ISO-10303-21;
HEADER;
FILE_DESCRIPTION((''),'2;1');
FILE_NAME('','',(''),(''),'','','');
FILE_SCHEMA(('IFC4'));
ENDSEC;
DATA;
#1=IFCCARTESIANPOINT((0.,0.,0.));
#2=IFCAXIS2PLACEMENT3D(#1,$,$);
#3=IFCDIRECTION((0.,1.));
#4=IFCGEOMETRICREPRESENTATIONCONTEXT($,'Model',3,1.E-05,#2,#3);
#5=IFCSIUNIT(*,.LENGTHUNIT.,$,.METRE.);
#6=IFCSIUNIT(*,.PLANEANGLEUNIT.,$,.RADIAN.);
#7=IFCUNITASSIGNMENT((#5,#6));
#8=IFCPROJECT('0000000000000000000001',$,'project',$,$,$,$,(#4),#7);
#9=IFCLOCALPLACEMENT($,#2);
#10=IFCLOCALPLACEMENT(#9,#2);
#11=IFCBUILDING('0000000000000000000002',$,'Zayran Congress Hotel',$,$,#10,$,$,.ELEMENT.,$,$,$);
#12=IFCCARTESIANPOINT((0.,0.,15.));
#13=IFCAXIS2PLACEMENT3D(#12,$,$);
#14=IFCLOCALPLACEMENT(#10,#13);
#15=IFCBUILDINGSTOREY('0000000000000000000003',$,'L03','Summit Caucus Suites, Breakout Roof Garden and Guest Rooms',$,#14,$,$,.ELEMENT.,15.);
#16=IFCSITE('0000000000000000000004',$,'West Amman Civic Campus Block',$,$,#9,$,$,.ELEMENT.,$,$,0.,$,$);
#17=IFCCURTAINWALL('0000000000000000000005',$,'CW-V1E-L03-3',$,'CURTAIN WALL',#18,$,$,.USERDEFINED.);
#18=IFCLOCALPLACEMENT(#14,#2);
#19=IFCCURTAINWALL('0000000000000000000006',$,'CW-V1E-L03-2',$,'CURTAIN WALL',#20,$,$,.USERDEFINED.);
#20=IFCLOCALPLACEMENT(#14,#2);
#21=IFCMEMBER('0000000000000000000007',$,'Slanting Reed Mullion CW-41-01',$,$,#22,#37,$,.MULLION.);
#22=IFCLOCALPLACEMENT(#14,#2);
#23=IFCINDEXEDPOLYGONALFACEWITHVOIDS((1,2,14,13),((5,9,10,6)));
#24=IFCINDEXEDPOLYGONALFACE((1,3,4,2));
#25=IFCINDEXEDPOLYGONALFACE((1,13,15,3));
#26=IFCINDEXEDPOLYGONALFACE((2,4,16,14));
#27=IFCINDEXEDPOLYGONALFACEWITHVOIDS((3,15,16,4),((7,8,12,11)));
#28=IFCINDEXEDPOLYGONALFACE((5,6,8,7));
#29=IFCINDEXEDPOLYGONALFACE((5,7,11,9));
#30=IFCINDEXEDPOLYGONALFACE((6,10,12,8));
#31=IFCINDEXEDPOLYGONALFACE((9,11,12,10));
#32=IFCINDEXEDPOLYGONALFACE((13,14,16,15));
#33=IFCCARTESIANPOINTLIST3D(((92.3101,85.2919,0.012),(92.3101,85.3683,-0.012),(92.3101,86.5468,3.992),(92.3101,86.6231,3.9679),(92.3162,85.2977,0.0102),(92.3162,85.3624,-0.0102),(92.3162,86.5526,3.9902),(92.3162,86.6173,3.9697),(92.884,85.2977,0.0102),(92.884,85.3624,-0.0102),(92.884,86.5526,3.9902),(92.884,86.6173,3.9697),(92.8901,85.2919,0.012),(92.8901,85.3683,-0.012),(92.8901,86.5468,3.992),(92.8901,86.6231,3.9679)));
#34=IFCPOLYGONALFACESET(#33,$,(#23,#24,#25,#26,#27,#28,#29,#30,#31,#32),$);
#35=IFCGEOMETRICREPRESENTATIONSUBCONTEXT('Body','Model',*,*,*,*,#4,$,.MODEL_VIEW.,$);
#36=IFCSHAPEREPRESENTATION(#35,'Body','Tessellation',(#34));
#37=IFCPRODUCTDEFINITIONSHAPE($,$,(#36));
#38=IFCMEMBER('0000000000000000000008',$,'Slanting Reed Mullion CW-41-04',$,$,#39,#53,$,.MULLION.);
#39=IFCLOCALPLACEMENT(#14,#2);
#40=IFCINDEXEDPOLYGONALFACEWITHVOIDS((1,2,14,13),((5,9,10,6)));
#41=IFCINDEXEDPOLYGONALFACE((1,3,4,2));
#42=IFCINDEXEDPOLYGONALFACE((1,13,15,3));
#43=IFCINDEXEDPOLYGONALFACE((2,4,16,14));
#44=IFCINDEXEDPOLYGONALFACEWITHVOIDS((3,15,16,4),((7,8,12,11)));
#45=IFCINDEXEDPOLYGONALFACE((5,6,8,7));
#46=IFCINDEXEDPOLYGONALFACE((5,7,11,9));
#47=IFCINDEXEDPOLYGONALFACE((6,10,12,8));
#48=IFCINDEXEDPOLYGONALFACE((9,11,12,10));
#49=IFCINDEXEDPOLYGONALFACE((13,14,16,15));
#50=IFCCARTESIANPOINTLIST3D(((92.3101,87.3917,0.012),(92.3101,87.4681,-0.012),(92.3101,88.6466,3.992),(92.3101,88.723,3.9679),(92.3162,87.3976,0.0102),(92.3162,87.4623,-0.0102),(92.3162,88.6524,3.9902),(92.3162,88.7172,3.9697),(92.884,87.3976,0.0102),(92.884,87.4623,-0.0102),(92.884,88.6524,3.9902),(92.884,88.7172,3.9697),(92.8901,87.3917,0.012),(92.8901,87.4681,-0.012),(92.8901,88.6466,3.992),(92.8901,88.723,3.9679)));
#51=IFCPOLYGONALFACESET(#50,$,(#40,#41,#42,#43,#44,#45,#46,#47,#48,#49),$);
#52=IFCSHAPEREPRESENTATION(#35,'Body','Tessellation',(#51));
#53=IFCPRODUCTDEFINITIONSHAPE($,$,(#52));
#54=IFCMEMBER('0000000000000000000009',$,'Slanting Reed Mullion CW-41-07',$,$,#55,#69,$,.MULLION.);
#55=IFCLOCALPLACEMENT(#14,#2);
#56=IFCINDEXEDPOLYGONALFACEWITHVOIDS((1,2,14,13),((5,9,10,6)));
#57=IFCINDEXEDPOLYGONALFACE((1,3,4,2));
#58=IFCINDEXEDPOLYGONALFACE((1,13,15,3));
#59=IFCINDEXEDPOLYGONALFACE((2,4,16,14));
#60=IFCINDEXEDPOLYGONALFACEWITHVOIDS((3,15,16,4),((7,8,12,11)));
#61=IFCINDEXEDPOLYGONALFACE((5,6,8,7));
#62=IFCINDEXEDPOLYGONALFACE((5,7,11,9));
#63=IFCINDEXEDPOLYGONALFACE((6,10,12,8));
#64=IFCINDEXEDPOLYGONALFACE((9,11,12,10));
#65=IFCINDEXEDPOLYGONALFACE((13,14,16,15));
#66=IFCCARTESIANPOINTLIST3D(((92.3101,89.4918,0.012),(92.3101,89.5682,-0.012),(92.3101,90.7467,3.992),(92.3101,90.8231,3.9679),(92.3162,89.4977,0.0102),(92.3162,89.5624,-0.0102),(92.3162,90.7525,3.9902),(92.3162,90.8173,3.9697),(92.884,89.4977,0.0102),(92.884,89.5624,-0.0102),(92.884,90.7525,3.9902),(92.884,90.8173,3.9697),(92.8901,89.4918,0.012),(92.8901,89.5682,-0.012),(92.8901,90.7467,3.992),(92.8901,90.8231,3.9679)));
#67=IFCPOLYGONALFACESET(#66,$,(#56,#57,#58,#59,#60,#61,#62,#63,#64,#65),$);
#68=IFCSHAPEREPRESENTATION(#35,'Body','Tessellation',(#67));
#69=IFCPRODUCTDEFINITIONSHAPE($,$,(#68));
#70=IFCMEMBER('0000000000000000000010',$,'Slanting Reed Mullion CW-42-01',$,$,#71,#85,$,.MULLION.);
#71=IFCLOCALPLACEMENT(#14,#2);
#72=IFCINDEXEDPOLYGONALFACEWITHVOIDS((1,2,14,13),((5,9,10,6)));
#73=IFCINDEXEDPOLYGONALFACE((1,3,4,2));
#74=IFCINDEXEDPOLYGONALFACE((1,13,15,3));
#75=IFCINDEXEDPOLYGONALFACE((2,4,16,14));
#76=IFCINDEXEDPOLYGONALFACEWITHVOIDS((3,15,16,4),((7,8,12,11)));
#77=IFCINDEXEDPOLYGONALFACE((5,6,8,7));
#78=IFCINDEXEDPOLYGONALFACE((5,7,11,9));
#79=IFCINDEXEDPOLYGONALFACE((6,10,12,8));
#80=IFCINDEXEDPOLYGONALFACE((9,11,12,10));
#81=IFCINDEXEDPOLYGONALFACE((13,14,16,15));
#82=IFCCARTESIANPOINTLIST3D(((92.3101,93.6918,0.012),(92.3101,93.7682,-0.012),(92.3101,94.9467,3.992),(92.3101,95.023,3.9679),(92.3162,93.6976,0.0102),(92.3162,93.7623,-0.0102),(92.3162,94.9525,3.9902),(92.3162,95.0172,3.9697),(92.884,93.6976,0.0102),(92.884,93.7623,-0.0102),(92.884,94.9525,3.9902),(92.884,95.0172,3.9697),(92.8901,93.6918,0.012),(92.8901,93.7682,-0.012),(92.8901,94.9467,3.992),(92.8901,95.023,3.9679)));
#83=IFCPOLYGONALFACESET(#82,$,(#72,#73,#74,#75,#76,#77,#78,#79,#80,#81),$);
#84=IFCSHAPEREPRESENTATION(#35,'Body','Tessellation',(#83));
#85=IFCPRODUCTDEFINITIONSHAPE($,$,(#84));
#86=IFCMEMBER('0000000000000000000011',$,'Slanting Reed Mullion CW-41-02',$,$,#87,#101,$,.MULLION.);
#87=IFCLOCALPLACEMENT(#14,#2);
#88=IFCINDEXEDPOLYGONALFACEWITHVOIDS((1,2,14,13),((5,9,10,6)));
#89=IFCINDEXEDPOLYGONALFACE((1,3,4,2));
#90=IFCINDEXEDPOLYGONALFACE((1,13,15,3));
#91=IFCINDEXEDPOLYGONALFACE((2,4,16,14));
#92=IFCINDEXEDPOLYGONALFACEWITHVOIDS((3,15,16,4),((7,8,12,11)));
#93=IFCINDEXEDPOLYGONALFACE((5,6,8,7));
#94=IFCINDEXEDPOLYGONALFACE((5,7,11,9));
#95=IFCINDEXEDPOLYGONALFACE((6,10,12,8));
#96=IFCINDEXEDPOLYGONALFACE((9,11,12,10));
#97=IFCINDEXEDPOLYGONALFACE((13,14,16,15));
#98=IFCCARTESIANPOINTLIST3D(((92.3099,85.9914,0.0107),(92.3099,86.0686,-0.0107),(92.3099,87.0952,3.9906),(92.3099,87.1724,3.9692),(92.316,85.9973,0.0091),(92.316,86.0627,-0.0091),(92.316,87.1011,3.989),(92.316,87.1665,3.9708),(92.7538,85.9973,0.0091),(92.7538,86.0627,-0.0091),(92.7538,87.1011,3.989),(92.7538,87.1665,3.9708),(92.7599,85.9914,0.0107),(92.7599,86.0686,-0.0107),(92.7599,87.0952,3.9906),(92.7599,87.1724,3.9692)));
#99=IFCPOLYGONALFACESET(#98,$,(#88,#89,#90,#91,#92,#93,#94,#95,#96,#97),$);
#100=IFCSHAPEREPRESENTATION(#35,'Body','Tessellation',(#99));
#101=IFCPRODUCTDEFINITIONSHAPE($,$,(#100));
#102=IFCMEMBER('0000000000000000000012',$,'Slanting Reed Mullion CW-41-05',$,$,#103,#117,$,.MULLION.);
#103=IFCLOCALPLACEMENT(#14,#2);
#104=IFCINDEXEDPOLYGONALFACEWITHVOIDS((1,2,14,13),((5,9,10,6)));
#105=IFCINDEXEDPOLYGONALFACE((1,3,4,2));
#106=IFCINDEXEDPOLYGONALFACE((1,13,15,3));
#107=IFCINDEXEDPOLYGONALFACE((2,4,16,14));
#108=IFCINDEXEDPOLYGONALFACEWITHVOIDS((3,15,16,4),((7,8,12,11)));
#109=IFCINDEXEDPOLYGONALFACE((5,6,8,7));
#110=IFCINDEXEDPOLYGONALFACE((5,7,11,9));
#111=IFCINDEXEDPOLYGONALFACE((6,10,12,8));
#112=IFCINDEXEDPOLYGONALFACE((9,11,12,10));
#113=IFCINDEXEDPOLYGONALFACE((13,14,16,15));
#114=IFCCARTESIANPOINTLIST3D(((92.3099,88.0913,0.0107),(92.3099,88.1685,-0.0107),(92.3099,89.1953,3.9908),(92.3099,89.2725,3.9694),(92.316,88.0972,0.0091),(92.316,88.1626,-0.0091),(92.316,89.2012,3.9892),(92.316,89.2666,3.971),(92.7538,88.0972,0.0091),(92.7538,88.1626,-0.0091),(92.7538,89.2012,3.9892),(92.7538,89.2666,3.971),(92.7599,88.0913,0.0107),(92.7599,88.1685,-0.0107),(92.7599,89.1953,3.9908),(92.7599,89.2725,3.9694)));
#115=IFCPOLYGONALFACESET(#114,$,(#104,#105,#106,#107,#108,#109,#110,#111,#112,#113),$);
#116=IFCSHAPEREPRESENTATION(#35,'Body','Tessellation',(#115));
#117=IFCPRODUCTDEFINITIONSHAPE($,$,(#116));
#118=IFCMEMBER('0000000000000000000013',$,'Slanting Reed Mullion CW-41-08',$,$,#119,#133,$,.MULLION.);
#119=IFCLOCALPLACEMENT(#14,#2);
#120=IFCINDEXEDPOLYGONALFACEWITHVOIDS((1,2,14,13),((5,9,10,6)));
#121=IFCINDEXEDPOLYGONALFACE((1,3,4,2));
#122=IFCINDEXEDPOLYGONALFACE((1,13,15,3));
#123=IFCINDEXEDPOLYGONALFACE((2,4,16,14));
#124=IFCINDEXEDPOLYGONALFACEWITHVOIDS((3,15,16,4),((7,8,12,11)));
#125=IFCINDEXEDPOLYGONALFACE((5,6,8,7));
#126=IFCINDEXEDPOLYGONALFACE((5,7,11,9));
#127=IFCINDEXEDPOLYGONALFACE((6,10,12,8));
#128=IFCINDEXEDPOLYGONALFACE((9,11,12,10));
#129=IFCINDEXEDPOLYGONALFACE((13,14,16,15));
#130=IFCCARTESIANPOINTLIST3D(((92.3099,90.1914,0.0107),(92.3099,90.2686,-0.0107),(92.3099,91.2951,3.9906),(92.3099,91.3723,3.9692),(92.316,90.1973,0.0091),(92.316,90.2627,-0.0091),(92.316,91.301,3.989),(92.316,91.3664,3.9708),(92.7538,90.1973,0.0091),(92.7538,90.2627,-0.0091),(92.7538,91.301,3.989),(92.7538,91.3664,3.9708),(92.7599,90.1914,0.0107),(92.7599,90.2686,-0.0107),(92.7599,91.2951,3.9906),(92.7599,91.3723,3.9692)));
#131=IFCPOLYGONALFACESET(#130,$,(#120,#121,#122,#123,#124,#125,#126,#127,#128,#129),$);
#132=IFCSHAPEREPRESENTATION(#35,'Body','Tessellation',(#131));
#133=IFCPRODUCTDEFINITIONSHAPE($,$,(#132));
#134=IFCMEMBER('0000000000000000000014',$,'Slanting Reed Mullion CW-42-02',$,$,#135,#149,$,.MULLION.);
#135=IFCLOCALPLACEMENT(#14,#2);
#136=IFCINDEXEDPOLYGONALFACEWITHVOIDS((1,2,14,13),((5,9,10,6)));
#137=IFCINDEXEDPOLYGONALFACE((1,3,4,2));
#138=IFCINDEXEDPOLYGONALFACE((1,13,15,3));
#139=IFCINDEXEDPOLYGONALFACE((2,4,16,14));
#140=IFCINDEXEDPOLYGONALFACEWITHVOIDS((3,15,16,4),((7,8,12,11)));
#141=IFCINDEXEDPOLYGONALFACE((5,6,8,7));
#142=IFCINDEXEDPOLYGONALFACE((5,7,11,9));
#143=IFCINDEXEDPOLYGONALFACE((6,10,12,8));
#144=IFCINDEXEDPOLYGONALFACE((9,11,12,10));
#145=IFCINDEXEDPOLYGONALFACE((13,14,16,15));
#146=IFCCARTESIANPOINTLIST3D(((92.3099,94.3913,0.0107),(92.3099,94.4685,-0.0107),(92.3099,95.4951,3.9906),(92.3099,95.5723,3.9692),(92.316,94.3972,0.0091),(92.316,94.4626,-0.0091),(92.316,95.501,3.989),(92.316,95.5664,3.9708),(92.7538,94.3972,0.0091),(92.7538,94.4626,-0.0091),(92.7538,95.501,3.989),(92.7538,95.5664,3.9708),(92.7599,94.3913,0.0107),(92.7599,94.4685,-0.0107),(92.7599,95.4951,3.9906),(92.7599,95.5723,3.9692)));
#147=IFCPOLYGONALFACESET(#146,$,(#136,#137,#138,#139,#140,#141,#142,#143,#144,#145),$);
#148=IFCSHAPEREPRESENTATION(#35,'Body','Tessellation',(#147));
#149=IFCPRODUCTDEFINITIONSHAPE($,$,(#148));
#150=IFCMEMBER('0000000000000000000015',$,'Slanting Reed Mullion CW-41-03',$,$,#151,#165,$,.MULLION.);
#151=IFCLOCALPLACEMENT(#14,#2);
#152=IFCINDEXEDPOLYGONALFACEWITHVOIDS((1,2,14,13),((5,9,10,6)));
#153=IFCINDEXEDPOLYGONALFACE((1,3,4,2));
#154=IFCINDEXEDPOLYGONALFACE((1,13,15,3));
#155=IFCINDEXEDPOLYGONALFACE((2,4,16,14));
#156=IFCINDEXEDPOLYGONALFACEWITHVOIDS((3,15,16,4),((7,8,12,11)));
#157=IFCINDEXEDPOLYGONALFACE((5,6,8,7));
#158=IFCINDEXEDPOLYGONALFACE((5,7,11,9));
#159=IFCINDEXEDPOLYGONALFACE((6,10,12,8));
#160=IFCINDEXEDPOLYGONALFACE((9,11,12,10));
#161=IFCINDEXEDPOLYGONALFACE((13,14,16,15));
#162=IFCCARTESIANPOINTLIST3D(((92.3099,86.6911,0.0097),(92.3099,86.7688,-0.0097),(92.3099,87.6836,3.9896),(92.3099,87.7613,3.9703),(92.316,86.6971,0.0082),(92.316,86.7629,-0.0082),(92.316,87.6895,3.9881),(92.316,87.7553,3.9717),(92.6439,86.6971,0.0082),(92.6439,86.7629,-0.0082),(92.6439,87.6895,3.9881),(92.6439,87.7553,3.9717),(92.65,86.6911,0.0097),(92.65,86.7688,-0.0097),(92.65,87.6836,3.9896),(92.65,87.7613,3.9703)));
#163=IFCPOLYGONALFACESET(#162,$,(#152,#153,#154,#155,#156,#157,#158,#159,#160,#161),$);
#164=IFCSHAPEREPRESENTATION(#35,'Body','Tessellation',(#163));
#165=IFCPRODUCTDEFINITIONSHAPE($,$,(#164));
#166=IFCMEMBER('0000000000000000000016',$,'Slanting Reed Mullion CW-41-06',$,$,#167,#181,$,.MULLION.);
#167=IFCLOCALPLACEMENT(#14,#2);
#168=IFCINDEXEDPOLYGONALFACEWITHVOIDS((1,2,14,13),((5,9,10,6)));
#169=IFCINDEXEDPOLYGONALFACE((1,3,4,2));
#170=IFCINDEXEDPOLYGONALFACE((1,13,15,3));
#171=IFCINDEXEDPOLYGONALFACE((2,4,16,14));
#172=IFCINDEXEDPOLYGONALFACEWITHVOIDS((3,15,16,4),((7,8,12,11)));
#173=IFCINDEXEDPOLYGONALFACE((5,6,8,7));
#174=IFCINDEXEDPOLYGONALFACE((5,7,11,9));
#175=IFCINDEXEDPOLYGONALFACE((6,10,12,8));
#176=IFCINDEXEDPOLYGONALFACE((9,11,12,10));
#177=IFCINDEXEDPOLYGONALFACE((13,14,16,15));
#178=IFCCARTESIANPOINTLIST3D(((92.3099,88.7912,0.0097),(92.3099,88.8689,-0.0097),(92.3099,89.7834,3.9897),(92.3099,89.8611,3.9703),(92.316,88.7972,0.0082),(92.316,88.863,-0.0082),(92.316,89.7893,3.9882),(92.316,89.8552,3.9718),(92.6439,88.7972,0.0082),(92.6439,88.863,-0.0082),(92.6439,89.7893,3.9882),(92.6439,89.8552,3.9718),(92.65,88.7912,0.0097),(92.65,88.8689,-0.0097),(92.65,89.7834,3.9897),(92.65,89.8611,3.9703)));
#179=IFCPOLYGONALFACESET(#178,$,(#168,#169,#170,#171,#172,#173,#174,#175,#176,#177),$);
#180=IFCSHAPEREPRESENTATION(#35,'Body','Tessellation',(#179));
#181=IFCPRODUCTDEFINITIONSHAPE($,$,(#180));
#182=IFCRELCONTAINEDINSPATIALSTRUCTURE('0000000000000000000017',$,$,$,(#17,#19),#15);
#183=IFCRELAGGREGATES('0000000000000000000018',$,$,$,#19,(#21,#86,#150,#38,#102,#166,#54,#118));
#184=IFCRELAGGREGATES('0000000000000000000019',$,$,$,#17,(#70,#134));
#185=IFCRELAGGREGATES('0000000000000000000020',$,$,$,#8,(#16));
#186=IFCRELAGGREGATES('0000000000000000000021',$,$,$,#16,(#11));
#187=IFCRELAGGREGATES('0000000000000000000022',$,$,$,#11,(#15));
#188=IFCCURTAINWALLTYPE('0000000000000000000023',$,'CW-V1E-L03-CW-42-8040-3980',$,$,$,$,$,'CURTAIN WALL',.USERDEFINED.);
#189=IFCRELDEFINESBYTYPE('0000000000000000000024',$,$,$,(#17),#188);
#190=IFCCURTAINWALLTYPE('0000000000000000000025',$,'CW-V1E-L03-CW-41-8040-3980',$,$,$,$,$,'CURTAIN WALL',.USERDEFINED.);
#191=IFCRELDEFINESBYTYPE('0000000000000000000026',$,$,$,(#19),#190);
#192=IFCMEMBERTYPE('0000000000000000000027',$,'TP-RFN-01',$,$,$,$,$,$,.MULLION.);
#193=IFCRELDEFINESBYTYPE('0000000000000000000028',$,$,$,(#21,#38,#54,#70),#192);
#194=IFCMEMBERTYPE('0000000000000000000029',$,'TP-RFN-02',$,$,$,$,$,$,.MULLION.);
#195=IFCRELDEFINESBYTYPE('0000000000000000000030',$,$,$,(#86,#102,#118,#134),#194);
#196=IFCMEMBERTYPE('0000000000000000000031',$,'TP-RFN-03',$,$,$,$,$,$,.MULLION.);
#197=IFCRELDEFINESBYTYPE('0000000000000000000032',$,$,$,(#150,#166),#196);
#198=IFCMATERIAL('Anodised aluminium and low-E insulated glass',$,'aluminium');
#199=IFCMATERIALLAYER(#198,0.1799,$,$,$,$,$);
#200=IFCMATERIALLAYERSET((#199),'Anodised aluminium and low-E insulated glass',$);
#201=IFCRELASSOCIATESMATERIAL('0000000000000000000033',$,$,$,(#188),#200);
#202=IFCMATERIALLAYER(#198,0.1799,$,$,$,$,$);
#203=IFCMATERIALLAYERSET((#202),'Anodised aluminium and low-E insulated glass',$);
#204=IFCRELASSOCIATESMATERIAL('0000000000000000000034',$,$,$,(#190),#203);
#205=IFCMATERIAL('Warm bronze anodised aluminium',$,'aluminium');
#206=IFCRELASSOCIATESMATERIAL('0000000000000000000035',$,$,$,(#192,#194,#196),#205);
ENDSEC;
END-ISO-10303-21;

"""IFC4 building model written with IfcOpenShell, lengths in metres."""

from ifc_helpers import new_model, si_unit, direction, frame, origin, origin_2d, place, context, subcontext, project, spatial, hollow_rectangle, extrude, material, layer, layer_set, material_profile, profile_set, type_object, element, aggregate, save


model = new_model("IFC4")

# Units and contexts
model_context = context("Model", 3, precision=1e-05, world=origin(), true_north=direction((0.0, 1.0)))
body_context = subcontext(model_context, "Body", "Model", "MODEL_VIEW")
ifc_project = project(units=[si_unit("LENGTHUNIT", "METRE"), si_unit("PLANEANGLEUNIT", "RADIAN")], contexts=[model_context])

# Site, building, storey
site_placement = place(None, origin())
site = spatial("IfcSite", under=ifc_project, at=site_placement, Name="West Amman Civic Campus Block", CompositionType="ELEMENT", RefElevation=0.0)
building_placement = place(site_placement, origin())
building = spatial("IfcBuilding", under=site, at=building_placement, Name="Zayran Congress Hotel", CompositionType="ELEMENT")
storey_placement = place(building_placement, frame((0.0, 0.0, 15.0)))
storey = spatial("IfcBuildingStorey", under=building, at=storey_placement, Name="L03", Description="Summit Caucus Suites, Breakout Roof Garden and Guest Rooms", CompositionType="ELEMENT", Elevation=15.0)

# Shared definitions
ifc_material_1 = material(Name="Anodised aluminium and low-E insulated glass", Category="aluminium")

# Curtain wall
ifc_layer_1 = layer(ifc_material_1, 0.1799)
ifc_layer_set_1 = layer_set([ifc_layer_1], Name="Anodised aluminium and low-E insulated glass")
curtain_wall_type_1 = type_object("IfcCurtainWallType", Name="CW-V1E-L03-CW-42-8040-3980", ElementType="CURTAIN WALL", PredefinedType="USERDEFINED", material=ifc_layer_set_1)
curtain_wall_1_placement = place(storey_placement, origin())
curtain_wall_1 = element("IfcCurtainWall", 1, at=curtain_wall_1_placement, inside=storey, type_object=curtain_wall_type_1, Name="CW-V1E-L03-3", ObjectType="CURTAIN WALL", PredefinedType="USERDEFINED")

# Curtain wall, members
ifc_layer_2 = layer(ifc_material_1, 0.1799)
ifc_layer_set_2 = layer_set([ifc_layer_2], Name="Anodised aluminium and low-E insulated glass")
curtain_wall_type_2 = type_object("IfcCurtainWallType", Name="CW-V1E-L03-CW-41-8040-3980", ElementType="CURTAIN WALL", PredefinedType="USERDEFINED", material=ifc_layer_set_2)
curtain_wall_2_placement = place(storey_placement, origin())
curtain_wall_2 = element("IfcCurtainWall", 2, at=curtain_wall_2_placement, inside=storey, type_object=curtain_wall_type_2, Name="CW-V1E-L03-2", ObjectType="CURTAIN WALL", PredefinedType="USERDEFINED")
ifc_material_2 = material(Name="Warm bronze anodised aluminium", Category="aluminium")
ifc_material_profile_1 = material_profile(ifc_material_2, hollow_rectangle(XDim=0.0801, YDim=0.5801, WallThickness=0.0061, at=origin_2d()), Name="RHS 580x80x6")
ifc_profile_set_1 = profile_set([ifc_material_profile_1], Name="Warm bronze anodised aluminium")
member_type_1 = type_object("IfcMemberType", Name="TP-RFN-01", PredefinedType="MULLION", material=ifc_profile_set_1)
member_1_placement = place(storey_placement, frame((92.6001, 85.3301, 0.0), z_axis=(0.0, 0.300706, 0.953717), x_axis=(0.0, -0.953717, 0.300706)))
member_1 = element("IfcMember", 3, at=member_1_placement, type_object=member_type_1, Name="Slanting Reed Mullion CW-41-01", PredefinedType="MULLION", context=body_context, shape_type="SweptSolid", body=[
    extrude(hollow_rectangle(XDim=0.0801, YDim=0.5801, WallThickness=0.0061, at=origin_2d()), origin(), (0.0, 0.0, 1.0), 4.1731),
])
member_2_placement = place(storey_placement, frame((92.6001, 87.4299, 0.0), z_axis=(0.0, 0.300706, 0.953717), x_axis=(0.0, -0.953717, 0.300706)))
member_2 = element("IfcMember", 4, at=member_2_placement, type_object=member_type_1, Name="Slanting Reed Mullion CW-41-04", PredefinedType="MULLION", context=body_context, shape_type="SweptSolid", body=[
    extrude(hollow_rectangle(XDim=0.0801, YDim=0.5801, WallThickness=0.0061, at=origin_2d()), origin(), (0.0, 0.0, 1.0), 4.1731),
])
member_3_placement = place(storey_placement, frame((92.6001, 89.53, 0.0), z_axis=(0.0, 0.300706, 0.953717), x_axis=(0.0, -0.953717, 0.300706)))
member_3 = element("IfcMember", 5, at=member_3_placement, type_object=member_type_1, Name="Slanting Reed Mullion CW-41-07", PredefinedType="MULLION", context=body_context, shape_type="SweptSolid", body=[
    extrude(hollow_rectangle(XDim=0.0801, YDim=0.5801, WallThickness=0.0061, at=origin_2d()), origin(), (0.0, 0.0, 1.0), 4.1731),
])

# Members
member_4_placement = place(storey_placement, frame((92.6001, 93.73, 0.0), z_axis=(0.0, 0.300706, 0.953717), x_axis=(0.0, -0.953717, 0.300706)))
member_4 = element("IfcMember", 6, at=member_4_placement, type_object=member_type_1, Name="Slanting Reed Mullion CW-42-01", PredefinedType="MULLION", context=body_context, shape_type="SweptSolid", body=[
    extrude(hollow_rectangle(XDim=0.0801, YDim=0.5801, WallThickness=0.0061, at=origin_2d()), origin(), (0.0, 0.0, 1.0), 4.1731),
])
ifc_material_profile_2 = material_profile(ifc_material_2, hollow_rectangle(XDim=0.0801, YDim=0.45, WallThickness=0.0061, at=origin_2d()), Name="RHS 450x80x6")
ifc_profile_set_2 = profile_set([ifc_material_profile_2], Name="Warm bronze anodised aluminium")
member_type_2 = type_object("IfcMemberType", Name="TP-RFN-02", PredefinedType="MULLION", material=ifc_profile_set_2)
member_5_placement = place(storey_placement, frame((92.5349, 86.03, 0.0), z_axis=(0.0, 0.267241, 0.96363), x_axis=(0.0, -0.96363, 0.267241)))
member_5 = element("IfcMember", 7, at=member_5_placement, type_object=member_type_2, Name="Slanting Reed Mullion CW-41-02", PredefinedType="MULLION", context=body_context, shape_type="SweptSolid", body=[
    extrude(hollow_rectangle(XDim=0.0801, YDim=0.45, WallThickness=0.0061, at=origin_2d()), origin(), (0.0, 0.0, 1.0), 4.1301),
])
member_6_placement = place(storey_placement, frame((92.5349, 88.1299, 0.0), z_axis=(0.0, 0.267296, 0.963614), x_axis=(0.0, -0.963614, 0.267296)))
member_6 = element("IfcMember", 8, at=member_6_placement, type_object=member_type_2, Name="Slanting Reed Mullion CW-41-05", PredefinedType="MULLION", context=body_context, shape_type="SweptSolid", body=[
    extrude(hollow_rectangle(XDim=0.0801, YDim=0.45, WallThickness=0.0061, at=origin_2d()), origin(), (0.0, 0.0, 1.0), 4.1304),
])
member_7_placement = place(storey_placement, frame((92.5349, 90.23, 0.0), z_axis=(0.0, 0.267241, 0.96363), x_axis=(0.0, -0.96363, 0.267241)))
member_7 = element("IfcMember", 9, at=member_7_placement, type_object=member_type_2, Name="Slanting Reed Mullion CW-41-08", PredefinedType="MULLION", context=body_context, shape_type="SweptSolid", body=[
    extrude(hollow_rectangle(XDim=0.0801, YDim=0.45, WallThickness=0.0061, at=origin_2d()), origin(), (0.0, 0.0, 1.0), 4.1301),
])
member_8_placement = place(storey_placement, frame((92.5349, 94.4299, 0.0), z_axis=(0.0, 0.267241, 0.96363), x_axis=(0.0, -0.96363, 0.267241)))
member_8 = element("IfcMember", 10, at=member_8_placement, type_object=member_type_2, Name="Slanting Reed Mullion CW-42-02", PredefinedType="MULLION", context=body_context, shape_type="SweptSolid", body=[
    extrude(hollow_rectangle(XDim=0.0801, YDim=0.45, WallThickness=0.0061, at=origin_2d()), origin(), (0.0, 0.0, 1.0), 4.1301),
])
ifc_material_profile_3 = material_profile(ifc_material_2, hollow_rectangle(XDim=0.0801, YDim=0.3401, WallThickness=0.0061, at=origin_2d()), Name="RHS 340x80x6")
ifc_profile_set_3 = profile_set([ifc_material_profile_3], Name="Warm bronze anodised aluminium")
member_type_3 = type_object("IfcMemberType", Name="TP-RFN-03", PredefinedType="MULLION", material=ifc_profile_set_3)
member_9_placement = place(storey_placement, frame((92.48, 86.73, 0.0), z_axis=(0.0, 0.241947, 0.970289), x_axis=(0.0, -0.970289, 0.241947)))
member_9 = element("IfcMember", 11, at=member_9_placement, type_object=member_type_3, Name="Slanting Reed Mullion CW-41-03", PredefinedType="MULLION", context=body_context, shape_type="SweptSolid", body=[
    extrude(hollow_rectangle(XDim=0.0801, YDim=0.3401, WallThickness=0.0061, at=origin_2d()), origin(), (0.0, 0.0, 1.0), 4.1018),
])
member_10_placement = place(storey_placement, frame((92.48, 88.8301, 0.0), z_axis=(0.0, 0.241891, 0.970303), x_axis=(0.0, -0.970303, 0.241891)))
member_10 = element("IfcMember", 12, at=member_10_placement, type_object=member_type_3, Name="Slanting Reed Mullion CW-41-06", PredefinedType="MULLION", context=body_context, shape_type="SweptSolid", body=[
    extrude(hollow_rectangle(XDim=0.0801, YDim=0.3401, WallThickness=0.0061, at=origin_2d()), origin(), (0.0, 0.0, 1.0), 4.1018),
])
aggregate(curtain_wall_2, [member_1, member_5, member_9, member_2, member_6, member_10, member_3, member_7])
aggregate(curtain_wall_1, [member_4, member_8])

save(model, "model.ifc")
